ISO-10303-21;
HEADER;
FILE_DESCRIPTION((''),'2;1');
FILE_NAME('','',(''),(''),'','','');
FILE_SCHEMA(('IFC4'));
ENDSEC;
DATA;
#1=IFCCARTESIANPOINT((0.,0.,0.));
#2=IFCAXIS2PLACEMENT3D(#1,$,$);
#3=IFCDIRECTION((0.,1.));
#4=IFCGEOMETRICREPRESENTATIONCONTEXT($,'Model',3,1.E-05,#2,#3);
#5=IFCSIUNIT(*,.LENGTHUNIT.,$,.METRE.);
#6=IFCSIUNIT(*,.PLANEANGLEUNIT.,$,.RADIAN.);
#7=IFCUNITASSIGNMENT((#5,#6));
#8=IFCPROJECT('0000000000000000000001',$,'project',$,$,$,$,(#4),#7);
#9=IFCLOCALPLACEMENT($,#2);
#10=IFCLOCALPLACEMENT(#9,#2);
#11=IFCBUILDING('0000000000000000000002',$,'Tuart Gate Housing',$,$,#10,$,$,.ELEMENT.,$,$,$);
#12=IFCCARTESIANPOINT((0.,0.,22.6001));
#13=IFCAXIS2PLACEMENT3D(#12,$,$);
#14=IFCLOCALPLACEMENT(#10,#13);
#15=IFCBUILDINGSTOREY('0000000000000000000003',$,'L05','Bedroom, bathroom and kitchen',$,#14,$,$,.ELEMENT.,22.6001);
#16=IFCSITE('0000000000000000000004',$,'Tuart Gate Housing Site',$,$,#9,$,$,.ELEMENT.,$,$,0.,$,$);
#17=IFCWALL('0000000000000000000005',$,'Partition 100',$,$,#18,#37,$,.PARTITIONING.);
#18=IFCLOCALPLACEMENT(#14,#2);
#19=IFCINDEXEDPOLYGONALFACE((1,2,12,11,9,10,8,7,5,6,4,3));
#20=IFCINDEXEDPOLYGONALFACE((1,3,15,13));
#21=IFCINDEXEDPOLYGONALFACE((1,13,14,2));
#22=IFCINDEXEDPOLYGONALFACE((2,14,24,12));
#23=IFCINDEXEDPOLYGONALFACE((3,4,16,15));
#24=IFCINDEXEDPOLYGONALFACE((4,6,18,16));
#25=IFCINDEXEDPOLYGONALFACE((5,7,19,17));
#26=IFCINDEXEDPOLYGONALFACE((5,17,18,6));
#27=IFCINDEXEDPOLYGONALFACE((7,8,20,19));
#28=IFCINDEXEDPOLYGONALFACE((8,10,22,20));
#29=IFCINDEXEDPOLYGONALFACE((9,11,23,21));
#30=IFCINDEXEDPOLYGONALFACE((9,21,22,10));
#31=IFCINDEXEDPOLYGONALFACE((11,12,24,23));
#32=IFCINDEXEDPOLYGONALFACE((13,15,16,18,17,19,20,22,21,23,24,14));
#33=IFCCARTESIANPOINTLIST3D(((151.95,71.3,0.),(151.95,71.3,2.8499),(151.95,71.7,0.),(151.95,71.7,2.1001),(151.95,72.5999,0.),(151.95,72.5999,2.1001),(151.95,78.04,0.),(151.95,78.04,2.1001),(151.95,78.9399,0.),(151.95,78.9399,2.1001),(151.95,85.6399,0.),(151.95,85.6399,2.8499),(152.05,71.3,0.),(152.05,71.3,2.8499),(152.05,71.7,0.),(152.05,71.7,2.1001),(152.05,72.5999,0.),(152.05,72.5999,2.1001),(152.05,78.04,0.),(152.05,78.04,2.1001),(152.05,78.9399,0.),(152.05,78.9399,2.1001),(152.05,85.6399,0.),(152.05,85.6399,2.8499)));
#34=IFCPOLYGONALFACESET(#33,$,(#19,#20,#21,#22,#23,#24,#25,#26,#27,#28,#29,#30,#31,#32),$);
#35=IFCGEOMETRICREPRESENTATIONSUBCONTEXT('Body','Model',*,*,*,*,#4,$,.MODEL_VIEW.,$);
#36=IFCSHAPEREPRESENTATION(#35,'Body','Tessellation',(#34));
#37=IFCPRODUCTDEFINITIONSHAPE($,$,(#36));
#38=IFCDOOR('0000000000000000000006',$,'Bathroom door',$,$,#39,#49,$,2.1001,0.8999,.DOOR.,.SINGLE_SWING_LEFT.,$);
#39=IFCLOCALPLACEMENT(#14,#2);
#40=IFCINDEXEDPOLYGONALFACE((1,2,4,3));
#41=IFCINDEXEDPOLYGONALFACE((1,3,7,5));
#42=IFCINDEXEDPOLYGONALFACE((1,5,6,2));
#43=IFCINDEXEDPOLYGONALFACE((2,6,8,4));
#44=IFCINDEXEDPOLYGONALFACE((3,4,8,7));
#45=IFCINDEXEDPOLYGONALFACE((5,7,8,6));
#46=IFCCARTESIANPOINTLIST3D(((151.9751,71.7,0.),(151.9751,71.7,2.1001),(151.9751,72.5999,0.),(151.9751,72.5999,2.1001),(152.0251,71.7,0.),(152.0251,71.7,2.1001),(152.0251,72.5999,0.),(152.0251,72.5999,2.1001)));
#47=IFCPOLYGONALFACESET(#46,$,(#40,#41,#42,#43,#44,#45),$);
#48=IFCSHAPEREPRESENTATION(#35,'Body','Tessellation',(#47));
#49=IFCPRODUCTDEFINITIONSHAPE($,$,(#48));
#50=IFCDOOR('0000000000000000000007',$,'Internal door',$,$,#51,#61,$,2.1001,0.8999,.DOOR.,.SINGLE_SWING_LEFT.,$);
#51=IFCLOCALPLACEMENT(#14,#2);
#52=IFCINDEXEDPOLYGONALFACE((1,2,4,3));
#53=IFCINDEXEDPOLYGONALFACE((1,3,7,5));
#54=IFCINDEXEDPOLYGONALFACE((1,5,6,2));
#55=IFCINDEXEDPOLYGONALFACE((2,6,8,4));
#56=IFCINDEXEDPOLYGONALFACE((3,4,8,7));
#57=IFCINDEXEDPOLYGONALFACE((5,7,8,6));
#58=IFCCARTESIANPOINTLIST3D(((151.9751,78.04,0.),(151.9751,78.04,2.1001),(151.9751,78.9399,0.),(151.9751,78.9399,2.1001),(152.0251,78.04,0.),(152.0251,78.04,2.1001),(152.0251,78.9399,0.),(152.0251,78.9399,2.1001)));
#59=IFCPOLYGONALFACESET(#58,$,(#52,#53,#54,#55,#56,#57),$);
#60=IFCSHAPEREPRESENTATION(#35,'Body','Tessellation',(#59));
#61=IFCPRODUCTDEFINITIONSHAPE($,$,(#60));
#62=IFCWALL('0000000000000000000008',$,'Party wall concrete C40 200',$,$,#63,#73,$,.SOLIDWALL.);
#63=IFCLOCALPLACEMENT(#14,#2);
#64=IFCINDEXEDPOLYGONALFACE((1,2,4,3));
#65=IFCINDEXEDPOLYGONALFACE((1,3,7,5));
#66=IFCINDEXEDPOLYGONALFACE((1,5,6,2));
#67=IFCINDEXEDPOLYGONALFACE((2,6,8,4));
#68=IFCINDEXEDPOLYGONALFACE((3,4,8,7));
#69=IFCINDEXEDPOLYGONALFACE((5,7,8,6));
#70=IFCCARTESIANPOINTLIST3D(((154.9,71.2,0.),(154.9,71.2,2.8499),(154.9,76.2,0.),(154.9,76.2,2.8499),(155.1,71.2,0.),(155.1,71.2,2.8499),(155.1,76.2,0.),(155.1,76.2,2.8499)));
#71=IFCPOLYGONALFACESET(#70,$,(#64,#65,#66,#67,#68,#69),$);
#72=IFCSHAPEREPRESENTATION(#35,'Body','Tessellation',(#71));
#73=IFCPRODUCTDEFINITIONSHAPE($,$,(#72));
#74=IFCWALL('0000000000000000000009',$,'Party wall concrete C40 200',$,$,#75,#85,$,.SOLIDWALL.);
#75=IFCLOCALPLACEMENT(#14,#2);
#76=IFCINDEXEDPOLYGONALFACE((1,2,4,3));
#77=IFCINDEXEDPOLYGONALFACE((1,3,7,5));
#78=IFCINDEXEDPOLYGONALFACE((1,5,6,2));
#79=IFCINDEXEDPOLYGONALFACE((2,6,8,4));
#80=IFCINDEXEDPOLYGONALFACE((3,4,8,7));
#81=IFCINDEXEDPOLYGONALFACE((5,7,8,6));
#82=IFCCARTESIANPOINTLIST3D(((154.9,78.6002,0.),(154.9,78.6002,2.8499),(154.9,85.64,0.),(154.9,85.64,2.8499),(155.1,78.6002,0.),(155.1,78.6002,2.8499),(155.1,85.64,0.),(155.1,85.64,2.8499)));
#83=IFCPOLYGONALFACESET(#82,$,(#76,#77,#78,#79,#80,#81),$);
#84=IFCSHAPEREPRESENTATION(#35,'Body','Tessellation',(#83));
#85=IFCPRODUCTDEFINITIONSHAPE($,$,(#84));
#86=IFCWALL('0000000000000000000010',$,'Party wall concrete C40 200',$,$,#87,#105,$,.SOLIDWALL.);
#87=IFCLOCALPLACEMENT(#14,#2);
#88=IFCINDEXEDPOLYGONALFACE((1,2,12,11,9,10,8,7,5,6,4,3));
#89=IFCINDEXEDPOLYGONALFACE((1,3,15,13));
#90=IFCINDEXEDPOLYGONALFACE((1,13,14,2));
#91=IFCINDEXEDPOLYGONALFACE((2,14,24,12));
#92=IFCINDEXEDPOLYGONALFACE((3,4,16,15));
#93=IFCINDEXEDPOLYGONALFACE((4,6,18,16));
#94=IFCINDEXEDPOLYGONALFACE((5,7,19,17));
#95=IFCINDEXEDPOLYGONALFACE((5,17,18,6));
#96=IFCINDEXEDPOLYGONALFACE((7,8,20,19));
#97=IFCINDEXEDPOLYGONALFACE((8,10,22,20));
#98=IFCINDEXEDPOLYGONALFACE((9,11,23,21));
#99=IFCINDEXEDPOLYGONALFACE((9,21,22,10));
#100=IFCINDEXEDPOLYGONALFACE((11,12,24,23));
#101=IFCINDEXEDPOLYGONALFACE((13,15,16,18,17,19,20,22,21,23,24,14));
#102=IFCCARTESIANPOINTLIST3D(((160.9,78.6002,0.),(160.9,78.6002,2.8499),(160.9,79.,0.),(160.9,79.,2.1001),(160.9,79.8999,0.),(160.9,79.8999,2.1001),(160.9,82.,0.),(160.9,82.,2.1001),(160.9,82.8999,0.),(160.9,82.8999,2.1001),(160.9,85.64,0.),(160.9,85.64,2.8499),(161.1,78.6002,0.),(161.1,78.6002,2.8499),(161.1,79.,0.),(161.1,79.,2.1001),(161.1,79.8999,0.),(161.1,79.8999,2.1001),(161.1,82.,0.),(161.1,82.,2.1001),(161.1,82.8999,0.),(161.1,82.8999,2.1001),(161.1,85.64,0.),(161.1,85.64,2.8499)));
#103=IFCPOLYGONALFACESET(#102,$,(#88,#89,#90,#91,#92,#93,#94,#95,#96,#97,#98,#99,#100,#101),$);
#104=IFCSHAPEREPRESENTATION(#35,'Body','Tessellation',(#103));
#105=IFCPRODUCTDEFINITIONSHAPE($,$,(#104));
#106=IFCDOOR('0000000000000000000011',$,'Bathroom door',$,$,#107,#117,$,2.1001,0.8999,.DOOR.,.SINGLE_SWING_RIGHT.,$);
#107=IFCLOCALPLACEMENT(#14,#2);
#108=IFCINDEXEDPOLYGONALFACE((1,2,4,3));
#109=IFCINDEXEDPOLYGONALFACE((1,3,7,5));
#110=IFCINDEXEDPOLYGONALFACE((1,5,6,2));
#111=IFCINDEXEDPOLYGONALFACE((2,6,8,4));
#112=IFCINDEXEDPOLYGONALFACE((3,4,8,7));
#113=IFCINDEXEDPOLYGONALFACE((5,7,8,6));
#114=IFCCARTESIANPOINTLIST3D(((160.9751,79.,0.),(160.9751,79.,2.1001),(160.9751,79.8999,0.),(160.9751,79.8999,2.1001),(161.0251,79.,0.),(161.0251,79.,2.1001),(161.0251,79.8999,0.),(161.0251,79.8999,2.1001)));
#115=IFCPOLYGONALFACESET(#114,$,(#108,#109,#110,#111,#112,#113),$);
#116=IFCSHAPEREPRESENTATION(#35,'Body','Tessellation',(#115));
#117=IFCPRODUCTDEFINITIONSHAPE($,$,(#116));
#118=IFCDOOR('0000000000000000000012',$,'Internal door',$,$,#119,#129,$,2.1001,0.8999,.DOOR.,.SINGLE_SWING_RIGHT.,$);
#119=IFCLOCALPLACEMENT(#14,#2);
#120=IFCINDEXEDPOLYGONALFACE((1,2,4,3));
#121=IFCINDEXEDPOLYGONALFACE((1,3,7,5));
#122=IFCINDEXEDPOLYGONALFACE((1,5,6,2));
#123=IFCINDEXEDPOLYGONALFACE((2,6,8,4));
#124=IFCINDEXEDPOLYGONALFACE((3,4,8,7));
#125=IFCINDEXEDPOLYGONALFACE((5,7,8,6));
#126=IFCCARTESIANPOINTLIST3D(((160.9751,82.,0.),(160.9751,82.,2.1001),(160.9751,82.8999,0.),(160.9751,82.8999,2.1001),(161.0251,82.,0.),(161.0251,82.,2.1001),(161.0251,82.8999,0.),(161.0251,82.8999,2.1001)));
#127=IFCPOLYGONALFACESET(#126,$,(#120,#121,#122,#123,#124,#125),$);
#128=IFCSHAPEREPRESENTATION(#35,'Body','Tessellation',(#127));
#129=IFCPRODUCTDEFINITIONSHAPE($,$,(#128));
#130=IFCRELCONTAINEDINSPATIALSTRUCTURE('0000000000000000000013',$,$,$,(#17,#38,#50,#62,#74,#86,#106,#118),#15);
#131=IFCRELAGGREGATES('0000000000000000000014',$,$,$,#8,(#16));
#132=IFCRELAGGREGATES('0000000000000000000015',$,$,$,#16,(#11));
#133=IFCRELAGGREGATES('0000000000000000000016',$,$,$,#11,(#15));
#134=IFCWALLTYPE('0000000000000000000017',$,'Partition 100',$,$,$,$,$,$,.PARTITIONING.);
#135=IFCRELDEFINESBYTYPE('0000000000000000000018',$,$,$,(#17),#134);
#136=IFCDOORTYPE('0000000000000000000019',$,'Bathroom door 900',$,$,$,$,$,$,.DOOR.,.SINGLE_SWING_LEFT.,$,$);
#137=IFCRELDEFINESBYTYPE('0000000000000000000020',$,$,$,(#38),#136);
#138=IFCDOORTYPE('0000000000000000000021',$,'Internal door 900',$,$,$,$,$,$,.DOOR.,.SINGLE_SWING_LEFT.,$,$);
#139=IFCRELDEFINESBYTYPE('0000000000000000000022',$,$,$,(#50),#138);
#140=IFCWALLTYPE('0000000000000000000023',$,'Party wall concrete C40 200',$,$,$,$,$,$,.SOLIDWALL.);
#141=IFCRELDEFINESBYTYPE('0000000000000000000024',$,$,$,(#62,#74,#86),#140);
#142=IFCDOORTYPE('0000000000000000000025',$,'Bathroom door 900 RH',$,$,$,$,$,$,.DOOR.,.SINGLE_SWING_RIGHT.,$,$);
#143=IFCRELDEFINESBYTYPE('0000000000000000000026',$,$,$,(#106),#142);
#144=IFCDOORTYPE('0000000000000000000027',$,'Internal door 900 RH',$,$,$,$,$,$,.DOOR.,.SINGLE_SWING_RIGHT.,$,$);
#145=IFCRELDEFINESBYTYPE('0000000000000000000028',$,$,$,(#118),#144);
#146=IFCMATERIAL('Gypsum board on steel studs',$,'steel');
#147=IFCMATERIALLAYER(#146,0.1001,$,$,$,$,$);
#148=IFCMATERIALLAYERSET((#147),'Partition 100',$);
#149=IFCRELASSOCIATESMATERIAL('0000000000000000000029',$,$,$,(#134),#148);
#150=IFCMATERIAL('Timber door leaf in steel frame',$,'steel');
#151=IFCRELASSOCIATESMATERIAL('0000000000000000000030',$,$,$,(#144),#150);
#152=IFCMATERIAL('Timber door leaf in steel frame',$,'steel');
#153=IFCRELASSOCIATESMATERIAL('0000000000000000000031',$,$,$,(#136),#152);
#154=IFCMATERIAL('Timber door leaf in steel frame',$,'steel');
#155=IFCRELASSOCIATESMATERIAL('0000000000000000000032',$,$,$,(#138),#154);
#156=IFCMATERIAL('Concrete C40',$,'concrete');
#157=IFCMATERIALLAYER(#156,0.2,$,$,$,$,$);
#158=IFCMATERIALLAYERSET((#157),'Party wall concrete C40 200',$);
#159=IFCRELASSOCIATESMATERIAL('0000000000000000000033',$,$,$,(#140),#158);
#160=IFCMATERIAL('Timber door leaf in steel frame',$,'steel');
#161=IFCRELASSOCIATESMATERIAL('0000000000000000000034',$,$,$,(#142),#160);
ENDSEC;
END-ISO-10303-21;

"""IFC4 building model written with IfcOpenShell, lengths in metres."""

from ifc_helpers import new_model, si_unit, direction, frame, frame_2d, origin, place, context, subcontext, project, spatial, rectangle, extrude, material, layer, layer_set, type_object, element, fill, save


model = new_model("IFC4")

# Units and contexts
model_context = context("Model", 3, precision=1e-05, world=origin(), true_north=direction((0.0, 1.0)))
body_context = subcontext(model_context, "Body", "Model", "MODEL_VIEW")
ifc_project = project(units=[si_unit("LENGTHUNIT", "METRE"), si_unit("PLANEANGLEUNIT", "RADIAN")], contexts=[model_context])

# Site, building, storey
site_placement = place(None, origin())
site = spatial("IfcSite", under=ifc_project, at=site_placement, Name="Tuart Gate Housing Site", CompositionType="ELEMENT", RefElevation=0.0)
building_placement = place(site_placement, origin())
building = spatial("IfcBuilding", under=site, at=building_placement, Name="Tuart Gate Housing", CompositionType="ELEMENT")
storey_placement = place(building_placement, frame((0.0, 0.0, 22.6001)))
storey = spatial("IfcBuildingStorey", under=building, at=storey_placement, Name="L05", Description="Bedroom, bathroom and kitchen", CompositionType="ELEMENT", Elevation=22.6001)

# Shared definitions
ifc_material_1 = material(Name="Gypsum board on steel studs", Category="steel")
ifc_layer_1 = layer(ifc_material_1, 0.1001)
ifc_layer_set_1 = layer_set([ifc_layer_1], Name="Partition 100")
wall_type_1 = type_object("IfcWallType", Name="Partition 100", PredefinedType="PARTITIONING", material=ifc_layer_set_1)

# Shared definitions
ifc_material_2 = material(Name="Timber door leaf in steel frame", Category="steel")
door_type_1 = type_object("IfcDoorType", Name="Internal door 900 RH", OperationType="SINGLE_SWING_RIGHT", PredefinedType="DOOR", material=ifc_material_2)

# Wall, openings, doors
wall_1_placement = place(storey_placement, frame((152.0, 71.3, 0.0), z_axis=(0.0, 0.0, 1.0), x_axis=(0.0, 1.0, 0.0)))
wall_1 = element("IfcWall", 1, at=wall_1_placement, inside=storey, type_object=wall_type_1, Name="Partition 100", PredefinedType="PARTITIONING", context=body_context, shape_type="SweptSolid", body=[
    extrude(rectangle(XDim=14.3398, YDim=0.1001, at=frame_2d((7.1699, 0.0))), origin(), (0.0, 0.0, 1.0), 2.8499),
])
opening_1_placement = place(wall_1_placement, frame((6.74, 0.0, 0.0)))
opening_1 = element("IfcOpeningElement", 2, at=opening_1_placement, cuts=wall_1, PredefinedType="OPENING", context=body_context, shape_type="SweptSolid", body=[
    extrude(rectangle(XDim=0.8999, YDim=2.1001, at=frame_2d((0.45, 1.05))), frame((0.0, 0.0601, 0.0), z_axis=(0.0, -1.0, 0.0), x_axis=(1.0, 0.0, 0.0)), (0.0, 0.0, 1.0), 0.1201),
])
opening_2_placement = place(wall_1_placement, frame((0.3999, 0.0, 0.0)))
opening_2 = element("IfcOpeningElement", 3, at=opening_2_placement, cuts=wall_1, PredefinedType="OPENING", context=body_context, shape_type="SweptSolid", body=[
    extrude(rectangle(XDim=0.8999, YDim=2.1001, at=frame_2d((0.45, 1.05))), frame((0.0, 0.0601, 0.0), z_axis=(0.0, -1.0, 0.0), x_axis=(1.0, 0.0, 0.0)), (0.0, 0.0, 1.0), 0.1201),
])
ifc_material_3 = material(Name="Timber door leaf in steel frame", Category="steel")
door_type_2 = type_object("IfcDoorType", Name="Bathroom door 900", OperationType="SINGLE_SWING_LEFT", PredefinedType="DOOR", material=ifc_material_3)
door_1_placement = place(opening_2_placement, origin())
door_1 = element("IfcDoor", 4, at=door_1_placement, inside=storey, type_object=door_type_2, Name="Bathroom door", OperationType="SINGLE_SWING_LEFT", OverallHeight=2.1001, OverallWidth=0.8999, PredefinedType="DOOR", context=body_context, shape_type="SweptSolid", body=[
    extrude(rectangle(XDim=0.8999, YDim=2.1001, at=frame_2d((0.45, 1.05))), frame((0.0, 0.0249, 0.0), z_axis=(0.0, -1.0, 0.0), x_axis=(1.0, 0.0, 0.0)), (0.0, 0.0, 1.0), 0.05),
])
fill(opening_2, door_1)
ifc_material_4 = material(Name="Timber door leaf in steel frame", Category="steel")
door_type_3 = type_object("IfcDoorType", Name="Internal door 900", OperationType="SINGLE_SWING_LEFT", PredefinedType="DOOR", material=ifc_material_4)
door_2_placement = place(opening_1_placement, origin())
door_2 = element("IfcDoor", 5, at=door_2_placement, inside=storey, type_object=door_type_3, Name="Internal door", OperationType="SINGLE_SWING_LEFT", OverallHeight=2.1001, OverallWidth=0.8999, PredefinedType="DOOR", context=body_context, shape_type="SweptSolid", body=[
    extrude(rectangle(XDim=0.8999, YDim=2.1001, at=frame_2d((0.45, 1.05))), frame((0.0, 0.0249, 0.0), z_axis=(0.0, -1.0, 0.0), x_axis=(1.0, 0.0, 0.0)), (0.0, 0.0, 1.0), 0.05),
])
fill(opening_1, door_2)

# Walls
ifc_material_5 = material(Name="Concrete C40", Category="concrete")
ifc_layer_2 = layer(ifc_material_5, 0.2)
ifc_layer_set_2 = layer_set([ifc_layer_2], Name="Party wall concrete C40 200")
wall_type_2 = type_object("IfcWallType", Name="Party wall concrete C40 200", PredefinedType="SOLIDWALL", material=ifc_layer_set_2)
wall_2_placement = place(storey_placement, frame((155.0, 71.2, 0.0), z_axis=(0.0, 0.0, 1.0), x_axis=(0.0, 1.0, 0.0)))
element("IfcWall", 6, at=wall_2_placement, inside=storey, type_object=wall_type_2, Name="Party wall concrete C40 200", PredefinedType="SOLIDWALL", context=body_context, shape_type="SweptSolid", body=[
    extrude(rectangle(XDim=5.0, YDim=0.2, at=frame_2d((2.5, 0.0))), origin(), (0.0, 0.0, 1.0), 2.8499),
])
wall_3_placement = place(storey_placement, frame((155.0, 78.6001, 0.0), z_axis=(0.0, 0.0, 1.0), x_axis=(0.0, 1.0, 0.0)))
element("IfcWall", 7, at=wall_3_placement, inside=storey, type_object=wall_type_2, Name="Party wall concrete C40 200", PredefinedType="SOLIDWALL", context=body_context, shape_type="SweptSolid", body=[
    extrude(rectangle(XDim=7.0398, YDim=0.2, at=frame_2d((3.52, 0.0))), origin(), (0.0, 0.0, 1.0), 2.8499),
])

# Wall, openings, doors
wall_4_placement = place(storey_placement, frame((161.0, 78.6001, 0.0), z_axis=(0.0, 0.0, 1.0), x_axis=(0.0, 1.0, 0.0)))
wall_4 = element("IfcWall", 8, at=wall_4_placement, inside=storey, type_object=wall_type_2, Name="Party wall concrete C40 200", PredefinedType="SOLIDWALL", context=body_context, shape_type="SweptSolid", body=[
    extrude(rectangle(XDim=7.0398, YDim=0.2, at=frame_2d((3.52, 0.0))), origin(), (0.0, 0.0, 1.0), 2.8499),
])
opening_3_placement = place(wall_4_placement, frame((3.3999, 0.0, 0.0)))
opening_3 = element("IfcOpeningElement", 9, at=opening_3_placement, cuts=wall_4, PredefinedType="OPENING", context=body_context, shape_type="SweptSolid", body=[
    extrude(rectangle(XDim=0.8999, YDim=2.1001, at=frame_2d((0.45, 1.05))), frame((0.0, 0.1099, 0.0), z_axis=(0.0, -1.0, 0.0), x_axis=(1.0, 0.0, 0.0)), (0.0, 0.0, 1.0), 0.22),
])
opening_4_placement = place(wall_4_placement, frame((0.3999, 0.0, 0.0)))
opening_4 = element("IfcOpeningElement", 10, at=opening_4_placement, cuts=wall_4, PredefinedType="OPENING", context=body_context, shape_type="SweptSolid", body=[
    extrude(rectangle(XDim=0.8999, YDim=2.1001, at=frame_2d((0.45, 1.05))), frame((0.0, 0.1099, 0.0), z_axis=(0.0, -1.0, 0.0), x_axis=(1.0, 0.0, 0.0)), (0.0, 0.0, 1.0), 0.22),
])
ifc_material_6 = material(Name="Timber door leaf in steel frame", Category="steel")
door_type_4 = type_object("IfcDoorType", Name="Bathroom door 900 RH", OperationType="SINGLE_SWING_RIGHT", PredefinedType="DOOR", material=ifc_material_6)
door_3_placement = place(opening_4_placement, frame((0.8999, 0.0, 0.0), z_axis=(0.0, 0.0, 1.0), x_axis=(-1.0, 0.0, 0.0)))
door_3 = element("IfcDoor", 11, at=door_3_placement, inside=storey, type_object=door_type_4, Name="Bathroom door", OperationType="SINGLE_SWING_RIGHT", OverallHeight=2.1001, OverallWidth=0.8999, PredefinedType="DOOR", context=body_context, shape_type="SweptSolid", body=[
    extrude(rectangle(XDim=0.8999, YDim=2.1001, at=frame_2d((0.45, 1.05))), frame((0.0, 0.0251, 0.0), z_axis=(0.0, -1.0, 0.0), x_axis=(1.0, 0.0, 0.0)), (0.0, 0.0, 1.0), 0.05),
])
fill(opening_4, door_3)
door_4_placement = place(opening_3_placement, frame((0.8999, 0.0, 0.0), z_axis=(0.0, 0.0, 1.0), x_axis=(-1.0, 0.0, 0.0)))
door_4 = element("IfcDoor", 12, at=door_4_placement, inside=storey, type_object=door_type_1, Name="Internal door", OperationType="SINGLE_SWING_RIGHT", OverallHeight=2.1001, OverallWidth=0.8999, PredefinedType="DOOR", context=body_context, shape_type="SweptSolid", body=[
    extrude(rectangle(XDim=0.8999, YDim=2.1001, at=frame_2d((0.45, 1.05))), frame((0.0, 0.0251, 0.0), z_axis=(0.0, -1.0, 0.0), x_axis=(1.0, 0.0, 0.0)), (0.0, 0.0, 1.0), 0.05),
])
fill(opening_3, door_4)

save(model, "model.ifc")
